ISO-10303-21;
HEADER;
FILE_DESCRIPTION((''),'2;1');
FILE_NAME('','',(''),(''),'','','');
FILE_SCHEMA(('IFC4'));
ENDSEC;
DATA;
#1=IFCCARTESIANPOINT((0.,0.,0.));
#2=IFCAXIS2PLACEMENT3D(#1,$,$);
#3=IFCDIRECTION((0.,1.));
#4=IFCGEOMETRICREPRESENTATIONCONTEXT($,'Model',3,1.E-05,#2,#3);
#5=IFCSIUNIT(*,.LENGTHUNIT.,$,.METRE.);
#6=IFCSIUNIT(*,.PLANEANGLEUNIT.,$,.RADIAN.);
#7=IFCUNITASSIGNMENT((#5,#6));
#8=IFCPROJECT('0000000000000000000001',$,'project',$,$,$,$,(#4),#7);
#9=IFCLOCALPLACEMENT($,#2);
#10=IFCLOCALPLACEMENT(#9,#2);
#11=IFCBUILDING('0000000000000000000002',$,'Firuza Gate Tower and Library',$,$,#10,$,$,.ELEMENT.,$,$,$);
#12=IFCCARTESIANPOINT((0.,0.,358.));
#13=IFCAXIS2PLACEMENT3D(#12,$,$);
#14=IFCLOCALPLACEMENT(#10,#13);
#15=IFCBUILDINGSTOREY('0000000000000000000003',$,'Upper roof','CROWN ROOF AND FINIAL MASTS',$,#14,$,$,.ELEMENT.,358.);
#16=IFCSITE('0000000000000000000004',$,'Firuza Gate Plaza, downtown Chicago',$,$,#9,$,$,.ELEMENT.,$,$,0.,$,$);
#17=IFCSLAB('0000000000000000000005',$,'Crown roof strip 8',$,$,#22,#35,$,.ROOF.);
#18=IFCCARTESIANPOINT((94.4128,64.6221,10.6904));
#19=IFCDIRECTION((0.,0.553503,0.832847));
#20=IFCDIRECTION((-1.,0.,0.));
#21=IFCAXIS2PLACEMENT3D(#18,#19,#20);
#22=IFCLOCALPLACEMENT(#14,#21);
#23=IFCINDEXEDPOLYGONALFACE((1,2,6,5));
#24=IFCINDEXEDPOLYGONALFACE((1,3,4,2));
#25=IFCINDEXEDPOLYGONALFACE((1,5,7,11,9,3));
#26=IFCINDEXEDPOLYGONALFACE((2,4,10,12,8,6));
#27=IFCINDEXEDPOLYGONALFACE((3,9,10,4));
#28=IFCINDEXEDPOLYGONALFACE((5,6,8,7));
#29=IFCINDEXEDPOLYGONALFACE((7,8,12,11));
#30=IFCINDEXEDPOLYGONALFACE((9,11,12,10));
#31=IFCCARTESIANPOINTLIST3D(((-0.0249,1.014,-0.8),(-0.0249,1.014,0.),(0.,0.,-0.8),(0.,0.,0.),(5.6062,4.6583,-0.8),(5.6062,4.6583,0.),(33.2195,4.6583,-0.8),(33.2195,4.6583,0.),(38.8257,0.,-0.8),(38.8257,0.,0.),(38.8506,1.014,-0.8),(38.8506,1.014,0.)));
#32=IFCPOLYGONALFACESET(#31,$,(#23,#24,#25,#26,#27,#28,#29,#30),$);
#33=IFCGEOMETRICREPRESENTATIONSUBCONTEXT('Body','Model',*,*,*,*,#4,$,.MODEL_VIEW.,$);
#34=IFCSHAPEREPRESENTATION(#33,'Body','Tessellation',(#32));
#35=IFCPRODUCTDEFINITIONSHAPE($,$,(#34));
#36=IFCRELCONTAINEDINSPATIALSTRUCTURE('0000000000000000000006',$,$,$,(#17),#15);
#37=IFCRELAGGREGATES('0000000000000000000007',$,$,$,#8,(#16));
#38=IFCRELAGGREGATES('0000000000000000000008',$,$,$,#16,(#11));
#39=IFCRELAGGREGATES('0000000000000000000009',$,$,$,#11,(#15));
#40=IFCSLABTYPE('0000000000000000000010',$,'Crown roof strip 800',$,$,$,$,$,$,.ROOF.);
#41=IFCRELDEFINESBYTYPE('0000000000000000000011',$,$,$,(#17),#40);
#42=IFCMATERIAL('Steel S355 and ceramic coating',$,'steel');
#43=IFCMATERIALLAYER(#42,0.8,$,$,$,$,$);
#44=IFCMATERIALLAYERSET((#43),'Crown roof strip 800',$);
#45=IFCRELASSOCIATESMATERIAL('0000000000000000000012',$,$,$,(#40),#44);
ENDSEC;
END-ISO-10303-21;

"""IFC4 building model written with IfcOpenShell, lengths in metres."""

from ifc_helpers import new_model, si_unit, direction, frame, origin, place, context, subcontext, project, spatial, polyline, outline, extrude, material, layer, layer_set, type_object, element, save


model = new_model("IFC4")

# Units and contexts
model_context = context("Model", 3, precision=1e-05, world=origin(), true_north=direction((0.0, 1.0)))
body_context = subcontext(model_context, "Body", "Model", "MODEL_VIEW")
ifc_project = project(units=[si_unit("LENGTHUNIT", "METRE"), si_unit("PLANEANGLEUNIT", "RADIAN")], contexts=[model_context])

# Site, building, storey
site_placement = place(None, origin())
site = spatial("IfcSite", under=ifc_project, at=site_placement, Name="Firuza Gate Plaza, downtown Chicago", CompositionType="ELEMENT", RefElevation=0.0)
building_placement = place(site_placement, origin())
building = spatial("IfcBuilding", under=site, at=building_placement, Name="Firuza Gate Tower and Library", CompositionType="ELEMENT")
storey_placement = place(building_placement, frame((0.0, 0.0, 358.0)))
storey = spatial("IfcBuildingStorey", under=building, at=storey_placement, Name="Upper roof", Description="CROWN ROOF AND FINIAL MASTS", CompositionType="ELEMENT", Elevation=358.0)

# Slab
ifc_material_1 = material(Name="Steel S355 and ceramic coating", Category="steel")
ifc_layer_1 = layer(ifc_material_1, 0.8)
ifc_layer_set_1 = layer_set([ifc_layer_1], Name="Crown roof strip 800")
slab_type = type_object("IfcSlabType", Name="Crown roof strip 800", PredefinedType="ROOF", material=ifc_layer_set_1)
slab_1_placement = place(storey_placement, frame((94.4128, 64.6221, 10.6904), z_axis=(0.0, 0.553503, 0.832847), x_axis=(-1.0, 0.0, 0.0)))
element("IfcSlab", 1, at=slab_1_placement, inside=storey, type_object=slab_type, Name="Crown roof strip 8", PredefinedType="ROOF", context=body_context, shape_type="SweptSolid", body=[
    extrude(outline(polyline([(0.0, 0.0), (38.8257, 0.0), (38.8506, 1.014), (33.2195, 4.6583), (5.6062, 4.6583), (-0.0249, 1.014), (0.0, 0.0)])), origin(), (0.0, 0.0, -1.0), 0.8),
])

save(model, "model.ifc")
